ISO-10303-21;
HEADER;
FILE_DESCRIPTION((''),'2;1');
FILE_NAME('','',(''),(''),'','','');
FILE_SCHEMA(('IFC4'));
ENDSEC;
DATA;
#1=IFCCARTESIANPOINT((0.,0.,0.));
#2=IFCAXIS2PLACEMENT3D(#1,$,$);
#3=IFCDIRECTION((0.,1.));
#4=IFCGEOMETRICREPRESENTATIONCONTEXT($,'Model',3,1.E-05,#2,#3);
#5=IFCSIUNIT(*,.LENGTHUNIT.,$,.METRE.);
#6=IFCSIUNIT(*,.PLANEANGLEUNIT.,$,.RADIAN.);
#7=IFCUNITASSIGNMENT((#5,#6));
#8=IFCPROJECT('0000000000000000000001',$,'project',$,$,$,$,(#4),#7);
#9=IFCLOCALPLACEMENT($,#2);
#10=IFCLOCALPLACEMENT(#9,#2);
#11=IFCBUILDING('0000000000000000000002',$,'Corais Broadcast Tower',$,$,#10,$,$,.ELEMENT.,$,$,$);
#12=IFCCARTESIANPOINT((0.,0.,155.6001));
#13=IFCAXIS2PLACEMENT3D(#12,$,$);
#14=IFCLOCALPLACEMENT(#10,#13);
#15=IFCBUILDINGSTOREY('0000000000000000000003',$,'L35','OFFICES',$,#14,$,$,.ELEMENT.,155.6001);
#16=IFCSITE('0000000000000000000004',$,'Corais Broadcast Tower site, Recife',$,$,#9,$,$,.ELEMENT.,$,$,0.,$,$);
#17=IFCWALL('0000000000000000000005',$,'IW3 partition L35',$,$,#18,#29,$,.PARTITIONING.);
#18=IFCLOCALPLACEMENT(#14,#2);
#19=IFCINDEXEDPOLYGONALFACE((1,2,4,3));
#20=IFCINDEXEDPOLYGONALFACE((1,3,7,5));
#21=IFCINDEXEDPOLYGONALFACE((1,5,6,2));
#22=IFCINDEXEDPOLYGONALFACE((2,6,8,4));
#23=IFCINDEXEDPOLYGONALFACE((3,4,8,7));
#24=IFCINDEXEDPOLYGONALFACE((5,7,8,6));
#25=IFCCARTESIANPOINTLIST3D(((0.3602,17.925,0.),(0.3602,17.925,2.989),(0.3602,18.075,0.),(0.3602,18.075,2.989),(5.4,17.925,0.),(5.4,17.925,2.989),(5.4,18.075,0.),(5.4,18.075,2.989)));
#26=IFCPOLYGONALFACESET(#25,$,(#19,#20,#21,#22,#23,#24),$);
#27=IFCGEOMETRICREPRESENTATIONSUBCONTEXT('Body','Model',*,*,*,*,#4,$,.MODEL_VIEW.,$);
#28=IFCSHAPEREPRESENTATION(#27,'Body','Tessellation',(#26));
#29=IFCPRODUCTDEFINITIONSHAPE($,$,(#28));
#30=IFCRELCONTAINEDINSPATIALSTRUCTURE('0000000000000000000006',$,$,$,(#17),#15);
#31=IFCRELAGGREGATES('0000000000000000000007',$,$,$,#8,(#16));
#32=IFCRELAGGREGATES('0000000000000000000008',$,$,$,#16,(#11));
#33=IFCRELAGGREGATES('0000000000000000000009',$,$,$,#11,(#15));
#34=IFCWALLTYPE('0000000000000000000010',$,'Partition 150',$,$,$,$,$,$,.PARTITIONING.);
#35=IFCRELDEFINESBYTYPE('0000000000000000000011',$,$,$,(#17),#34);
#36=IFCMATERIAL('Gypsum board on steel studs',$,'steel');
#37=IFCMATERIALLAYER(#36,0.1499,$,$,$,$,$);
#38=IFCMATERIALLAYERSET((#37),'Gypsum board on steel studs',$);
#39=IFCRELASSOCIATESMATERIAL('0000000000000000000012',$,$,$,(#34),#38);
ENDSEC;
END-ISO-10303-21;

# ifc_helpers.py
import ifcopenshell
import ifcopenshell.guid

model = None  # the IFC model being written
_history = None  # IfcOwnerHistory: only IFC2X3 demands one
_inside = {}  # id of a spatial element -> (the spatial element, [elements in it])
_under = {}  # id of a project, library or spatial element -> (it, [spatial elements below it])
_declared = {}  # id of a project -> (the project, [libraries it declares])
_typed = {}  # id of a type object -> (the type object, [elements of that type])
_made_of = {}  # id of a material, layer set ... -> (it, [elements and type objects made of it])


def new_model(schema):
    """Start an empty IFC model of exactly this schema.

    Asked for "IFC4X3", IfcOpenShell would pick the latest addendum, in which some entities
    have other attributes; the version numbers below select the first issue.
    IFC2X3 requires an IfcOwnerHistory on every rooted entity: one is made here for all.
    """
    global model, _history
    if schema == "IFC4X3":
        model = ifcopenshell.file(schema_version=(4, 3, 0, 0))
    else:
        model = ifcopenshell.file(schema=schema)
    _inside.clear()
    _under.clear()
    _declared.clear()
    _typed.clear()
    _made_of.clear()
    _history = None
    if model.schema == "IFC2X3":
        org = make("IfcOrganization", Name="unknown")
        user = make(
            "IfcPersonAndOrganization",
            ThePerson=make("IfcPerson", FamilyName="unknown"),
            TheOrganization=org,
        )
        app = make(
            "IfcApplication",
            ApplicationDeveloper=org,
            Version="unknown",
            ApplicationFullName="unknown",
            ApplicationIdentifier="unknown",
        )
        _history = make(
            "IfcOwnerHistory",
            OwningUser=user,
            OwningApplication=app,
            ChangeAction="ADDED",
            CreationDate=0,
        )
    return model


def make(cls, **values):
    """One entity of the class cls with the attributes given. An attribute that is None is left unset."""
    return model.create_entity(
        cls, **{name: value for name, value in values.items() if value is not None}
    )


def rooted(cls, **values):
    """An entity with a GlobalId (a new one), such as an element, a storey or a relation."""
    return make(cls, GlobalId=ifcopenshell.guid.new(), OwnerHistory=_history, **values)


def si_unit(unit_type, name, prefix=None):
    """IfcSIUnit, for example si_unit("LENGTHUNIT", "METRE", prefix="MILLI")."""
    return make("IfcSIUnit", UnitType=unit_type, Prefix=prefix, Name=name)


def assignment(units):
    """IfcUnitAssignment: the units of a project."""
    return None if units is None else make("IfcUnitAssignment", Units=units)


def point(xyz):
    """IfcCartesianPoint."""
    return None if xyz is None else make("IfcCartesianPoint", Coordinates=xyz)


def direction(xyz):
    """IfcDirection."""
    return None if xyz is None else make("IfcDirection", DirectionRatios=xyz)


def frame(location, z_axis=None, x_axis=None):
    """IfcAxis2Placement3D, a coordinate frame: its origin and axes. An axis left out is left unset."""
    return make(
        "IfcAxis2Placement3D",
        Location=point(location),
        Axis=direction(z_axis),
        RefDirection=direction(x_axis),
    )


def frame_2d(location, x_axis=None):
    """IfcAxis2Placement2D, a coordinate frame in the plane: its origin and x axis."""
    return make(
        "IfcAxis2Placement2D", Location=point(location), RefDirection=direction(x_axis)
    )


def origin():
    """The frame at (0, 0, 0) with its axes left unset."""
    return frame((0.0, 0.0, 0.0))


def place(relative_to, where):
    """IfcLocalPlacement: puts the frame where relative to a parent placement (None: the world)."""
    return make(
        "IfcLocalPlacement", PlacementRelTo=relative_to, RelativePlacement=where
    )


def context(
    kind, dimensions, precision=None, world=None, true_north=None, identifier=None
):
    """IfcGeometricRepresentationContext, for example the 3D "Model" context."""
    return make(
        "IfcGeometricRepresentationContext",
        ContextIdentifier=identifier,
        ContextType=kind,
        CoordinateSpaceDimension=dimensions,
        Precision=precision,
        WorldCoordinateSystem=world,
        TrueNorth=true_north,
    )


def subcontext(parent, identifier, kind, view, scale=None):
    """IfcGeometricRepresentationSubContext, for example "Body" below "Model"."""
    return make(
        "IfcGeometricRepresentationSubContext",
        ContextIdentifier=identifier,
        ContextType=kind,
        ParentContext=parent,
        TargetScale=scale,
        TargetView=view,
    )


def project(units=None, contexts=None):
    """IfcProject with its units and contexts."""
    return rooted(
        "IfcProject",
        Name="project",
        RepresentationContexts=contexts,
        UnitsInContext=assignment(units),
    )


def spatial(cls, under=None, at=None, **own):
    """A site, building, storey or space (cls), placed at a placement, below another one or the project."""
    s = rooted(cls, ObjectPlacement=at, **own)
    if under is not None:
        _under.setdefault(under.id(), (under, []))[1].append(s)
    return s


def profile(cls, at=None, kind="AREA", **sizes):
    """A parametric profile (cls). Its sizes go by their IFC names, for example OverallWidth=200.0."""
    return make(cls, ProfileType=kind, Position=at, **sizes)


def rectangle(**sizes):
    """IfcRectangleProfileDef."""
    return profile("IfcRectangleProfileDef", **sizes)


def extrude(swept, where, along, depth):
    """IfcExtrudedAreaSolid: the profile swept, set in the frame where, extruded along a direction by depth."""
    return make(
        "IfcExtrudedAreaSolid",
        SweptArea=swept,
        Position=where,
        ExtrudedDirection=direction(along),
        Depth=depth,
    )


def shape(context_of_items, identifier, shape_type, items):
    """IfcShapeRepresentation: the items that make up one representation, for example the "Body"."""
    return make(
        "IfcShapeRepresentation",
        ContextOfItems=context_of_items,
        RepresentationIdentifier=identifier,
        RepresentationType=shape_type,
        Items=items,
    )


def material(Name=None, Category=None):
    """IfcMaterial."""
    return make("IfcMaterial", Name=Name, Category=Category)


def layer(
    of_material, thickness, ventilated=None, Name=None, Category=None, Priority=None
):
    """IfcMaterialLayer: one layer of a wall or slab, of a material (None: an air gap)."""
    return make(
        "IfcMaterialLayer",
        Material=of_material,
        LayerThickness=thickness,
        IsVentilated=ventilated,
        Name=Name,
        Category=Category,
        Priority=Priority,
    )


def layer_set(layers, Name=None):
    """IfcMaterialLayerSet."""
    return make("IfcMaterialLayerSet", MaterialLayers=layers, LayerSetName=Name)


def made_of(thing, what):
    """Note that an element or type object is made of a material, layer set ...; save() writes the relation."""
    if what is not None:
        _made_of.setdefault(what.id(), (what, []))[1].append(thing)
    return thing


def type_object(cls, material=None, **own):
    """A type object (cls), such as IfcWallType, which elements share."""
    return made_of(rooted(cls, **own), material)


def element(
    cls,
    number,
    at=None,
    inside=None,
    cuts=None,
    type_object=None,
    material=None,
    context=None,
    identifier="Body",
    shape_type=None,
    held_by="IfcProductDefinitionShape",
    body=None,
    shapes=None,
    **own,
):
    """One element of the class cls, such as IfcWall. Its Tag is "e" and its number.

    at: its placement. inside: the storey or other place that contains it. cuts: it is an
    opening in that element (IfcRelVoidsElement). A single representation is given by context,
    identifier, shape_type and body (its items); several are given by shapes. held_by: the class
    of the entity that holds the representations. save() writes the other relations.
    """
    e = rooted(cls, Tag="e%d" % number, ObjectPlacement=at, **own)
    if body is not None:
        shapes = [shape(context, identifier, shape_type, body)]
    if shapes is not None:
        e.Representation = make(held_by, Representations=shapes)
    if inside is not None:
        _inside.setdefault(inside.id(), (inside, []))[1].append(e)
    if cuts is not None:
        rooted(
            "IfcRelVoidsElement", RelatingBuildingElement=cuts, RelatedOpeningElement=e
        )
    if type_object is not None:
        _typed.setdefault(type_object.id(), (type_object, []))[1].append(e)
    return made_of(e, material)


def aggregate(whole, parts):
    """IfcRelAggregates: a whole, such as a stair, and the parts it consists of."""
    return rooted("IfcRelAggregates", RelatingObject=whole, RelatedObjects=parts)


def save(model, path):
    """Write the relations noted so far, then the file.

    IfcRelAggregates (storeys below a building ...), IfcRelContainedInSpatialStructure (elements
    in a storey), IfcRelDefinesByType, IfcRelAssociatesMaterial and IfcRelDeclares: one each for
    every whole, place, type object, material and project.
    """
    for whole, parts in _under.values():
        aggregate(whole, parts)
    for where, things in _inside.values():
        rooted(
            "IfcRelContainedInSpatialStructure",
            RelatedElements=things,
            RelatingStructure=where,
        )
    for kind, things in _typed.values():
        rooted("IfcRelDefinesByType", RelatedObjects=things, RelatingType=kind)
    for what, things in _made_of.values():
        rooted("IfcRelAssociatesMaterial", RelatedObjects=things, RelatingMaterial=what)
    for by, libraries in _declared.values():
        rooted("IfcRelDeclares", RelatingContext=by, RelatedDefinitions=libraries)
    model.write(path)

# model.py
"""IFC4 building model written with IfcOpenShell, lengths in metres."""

from ifc_helpers import new_model, si_unit, direction, frame, frame_2d, origin, place, context, subcontext, project, spatial, rectangle, extrude, material, layer, layer_set, type_object, element, save


model = new_model("IFC4")

# Units and contexts
model_context = context("Model", 3, precision=1e-05, world=origin(), true_north=direction((0.0, 1.0)))
body_context = subcontext(model_context, "Body", "Model", "MODEL_VIEW")
ifc_project = project(units=[si_unit("LENGTHUNIT", "METRE"), si_unit("PLANEANGLEUNIT", "RADIAN")], contexts=[model_context])

# Site, building, storey
site_placement = place(None, origin())
site = spatial("IfcSite", under=ifc_project, at=site_placement, Name="Corais Broadcast Tower site, Recife", CompositionType="ELEMENT", RefElevation=0.0)
building_placement = place(site_placement, origin())
building = spatial("IfcBuilding", under=site, at=building_placement, Name="Corais Broadcast Tower", CompositionType="ELEMENT")
storey_placement = place(building_placement, frame((0.0, 0.0, 155.6001)))
storey = spatial("IfcBuildingStorey", under=building, at=storey_placement, Name="L35", Description="OFFICES", CompositionType="ELEMENT", Elevation=155.6001)

# Wall
ifc_material_1 = material(Name="Gypsum board on steel studs", Category="steel")
ifc_layer_1 = layer(ifc_material_1, 0.1499)
ifc_layer_set_1 = layer_set([ifc_layer_1], Name="Gypsum board on steel studs")
wall_type = type_object("IfcWallType", Name="Partition 150", PredefinedType="PARTITIONING", material=ifc_layer_set_1)
wall_placement = place(storey_placement, frame((0.3601, 18.0, 0.0), z_axis=(0.0, 0.0, 1.0), x_axis=(1.0, 0.0, 0.0)))
element("IfcWall", 1, at=wall_placement, inside=storey, type_object=wall_type, Name="IW3 partition L35", PredefinedType="PARTITIONING", context=body_context, shape_type="SweptSolid", body=[
    extrude(rectangle(XDim=5.0398, YDim=0.1499, at=frame_2d((2.52, 0.0))), origin(), (0.0, 0.0, 1.0), 2.989),
])

save(model, "model.ifc")
